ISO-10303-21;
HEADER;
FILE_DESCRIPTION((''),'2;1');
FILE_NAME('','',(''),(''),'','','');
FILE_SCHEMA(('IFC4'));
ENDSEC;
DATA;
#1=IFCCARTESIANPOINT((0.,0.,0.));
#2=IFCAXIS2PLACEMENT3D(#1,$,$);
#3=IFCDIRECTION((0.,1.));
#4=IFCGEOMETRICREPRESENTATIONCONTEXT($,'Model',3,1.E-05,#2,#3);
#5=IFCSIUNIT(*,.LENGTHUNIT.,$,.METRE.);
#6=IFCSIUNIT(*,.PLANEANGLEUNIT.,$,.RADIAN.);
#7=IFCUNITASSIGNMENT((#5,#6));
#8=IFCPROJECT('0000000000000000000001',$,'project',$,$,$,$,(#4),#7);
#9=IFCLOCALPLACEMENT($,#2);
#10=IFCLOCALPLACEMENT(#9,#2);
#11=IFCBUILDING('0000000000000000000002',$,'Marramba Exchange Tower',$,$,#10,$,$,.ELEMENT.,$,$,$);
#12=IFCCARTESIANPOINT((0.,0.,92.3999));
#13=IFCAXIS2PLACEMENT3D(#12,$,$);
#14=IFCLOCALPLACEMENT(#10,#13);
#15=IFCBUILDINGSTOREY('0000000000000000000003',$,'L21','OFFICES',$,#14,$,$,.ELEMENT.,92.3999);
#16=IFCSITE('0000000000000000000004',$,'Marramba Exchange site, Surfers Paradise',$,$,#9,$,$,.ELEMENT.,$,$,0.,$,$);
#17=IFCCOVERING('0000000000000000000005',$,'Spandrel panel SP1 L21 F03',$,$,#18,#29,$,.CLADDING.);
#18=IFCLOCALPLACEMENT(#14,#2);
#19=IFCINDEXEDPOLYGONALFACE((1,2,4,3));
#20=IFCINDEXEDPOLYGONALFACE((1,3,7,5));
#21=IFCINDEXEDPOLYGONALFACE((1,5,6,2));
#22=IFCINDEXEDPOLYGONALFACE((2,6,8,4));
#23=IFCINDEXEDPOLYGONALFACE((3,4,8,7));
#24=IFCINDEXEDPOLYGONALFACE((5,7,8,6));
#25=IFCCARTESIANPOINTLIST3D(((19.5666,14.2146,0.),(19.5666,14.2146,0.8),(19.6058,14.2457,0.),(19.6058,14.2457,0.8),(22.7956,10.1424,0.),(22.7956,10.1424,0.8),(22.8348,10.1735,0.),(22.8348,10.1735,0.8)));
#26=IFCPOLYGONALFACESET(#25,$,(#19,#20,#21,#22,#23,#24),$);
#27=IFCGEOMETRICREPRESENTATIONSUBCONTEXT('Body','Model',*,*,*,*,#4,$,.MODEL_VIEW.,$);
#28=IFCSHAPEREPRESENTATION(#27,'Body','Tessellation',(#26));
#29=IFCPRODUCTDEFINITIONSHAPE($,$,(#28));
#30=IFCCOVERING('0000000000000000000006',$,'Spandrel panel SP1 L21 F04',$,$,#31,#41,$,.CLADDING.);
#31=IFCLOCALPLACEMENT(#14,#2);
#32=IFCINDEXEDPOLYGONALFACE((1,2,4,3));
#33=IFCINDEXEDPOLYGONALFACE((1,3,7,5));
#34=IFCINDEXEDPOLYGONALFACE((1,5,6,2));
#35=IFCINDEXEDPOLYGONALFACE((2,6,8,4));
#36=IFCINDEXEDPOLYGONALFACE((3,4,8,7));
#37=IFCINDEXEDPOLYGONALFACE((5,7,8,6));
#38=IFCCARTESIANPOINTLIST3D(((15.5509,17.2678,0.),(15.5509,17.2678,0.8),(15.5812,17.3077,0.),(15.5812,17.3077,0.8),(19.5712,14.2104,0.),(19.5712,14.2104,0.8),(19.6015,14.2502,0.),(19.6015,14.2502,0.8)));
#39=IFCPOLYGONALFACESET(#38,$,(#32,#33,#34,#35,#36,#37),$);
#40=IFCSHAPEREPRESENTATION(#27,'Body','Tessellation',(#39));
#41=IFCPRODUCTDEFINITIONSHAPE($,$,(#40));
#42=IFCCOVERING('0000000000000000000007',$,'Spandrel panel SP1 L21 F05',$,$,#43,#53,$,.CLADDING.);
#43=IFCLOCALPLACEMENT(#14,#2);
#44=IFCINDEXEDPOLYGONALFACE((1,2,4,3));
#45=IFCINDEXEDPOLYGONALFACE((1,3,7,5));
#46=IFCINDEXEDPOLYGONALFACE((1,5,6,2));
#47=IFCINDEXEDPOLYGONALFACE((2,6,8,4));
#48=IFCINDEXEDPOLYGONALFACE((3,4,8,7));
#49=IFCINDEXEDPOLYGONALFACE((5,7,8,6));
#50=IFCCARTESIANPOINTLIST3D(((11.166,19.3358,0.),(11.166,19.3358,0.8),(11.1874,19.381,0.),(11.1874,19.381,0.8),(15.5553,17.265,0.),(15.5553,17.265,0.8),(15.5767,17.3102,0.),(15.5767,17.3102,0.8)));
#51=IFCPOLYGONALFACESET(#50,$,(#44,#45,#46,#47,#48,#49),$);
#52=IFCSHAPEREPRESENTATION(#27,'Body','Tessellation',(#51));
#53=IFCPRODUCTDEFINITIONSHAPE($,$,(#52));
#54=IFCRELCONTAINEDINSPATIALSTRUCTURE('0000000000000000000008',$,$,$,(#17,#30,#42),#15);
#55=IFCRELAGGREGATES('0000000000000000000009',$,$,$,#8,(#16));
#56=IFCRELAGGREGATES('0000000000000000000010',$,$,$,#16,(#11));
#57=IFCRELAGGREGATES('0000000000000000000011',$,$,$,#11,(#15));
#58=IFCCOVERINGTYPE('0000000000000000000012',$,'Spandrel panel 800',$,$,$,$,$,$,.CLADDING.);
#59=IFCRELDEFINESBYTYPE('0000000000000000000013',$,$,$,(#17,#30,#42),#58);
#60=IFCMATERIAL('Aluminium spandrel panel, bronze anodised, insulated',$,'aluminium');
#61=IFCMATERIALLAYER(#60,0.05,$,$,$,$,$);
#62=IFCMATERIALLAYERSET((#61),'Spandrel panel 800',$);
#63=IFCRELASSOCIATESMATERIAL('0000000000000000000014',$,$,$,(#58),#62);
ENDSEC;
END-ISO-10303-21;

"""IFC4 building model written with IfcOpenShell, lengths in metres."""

from ifc_helpers import new_model, si_unit, direction, frame, origin, origin_2d, place, context, subcontext, project, spatial, rectangle, extrude, material, layer, layer_set, type_object, element, save


model = new_model("IFC4")

# Units and contexts
model_context = context("Model", 3, precision=1e-05, world=origin(), true_north=direction((0.0, 1.0)))
body_context = subcontext(model_context, "Body", "Model", "MODEL_VIEW")
ifc_project = project(units=[si_unit("LENGTHUNIT", "METRE"), si_unit("PLANEANGLEUNIT", "RADIAN")], contexts=[model_context])

# Site, building, storey
site_placement = place(None, origin())
site = spatial("IfcSite", under=ifc_project, at=site_placement, Name="Marramba Exchange site, Surfers Paradise", CompositionType="ELEMENT", RefElevation=0.0)
building_placement = place(site_placement, origin())
building = spatial("IfcBuilding", under=site, at=building_placement, Name="Marramba Exchange Tower", CompositionType="ELEMENT")
storey_placement = place(building_placement, frame((0.0, 0.0, 92.3999)))
storey = spatial("IfcBuildingStorey", under=building, at=storey_placement, Name="L21", Description="OFFICES", CompositionType="ELEMENT", Elevation=92.3999)

# Coverings
ifc_material_1 = material(Name="Aluminium spandrel panel, bronze anodised, insulated", Category="aluminium")
ifc_layer_1 = layer(ifc_material_1, 0.05)
ifc_layer_set_1 = layer_set([ifc_layer_1], Name="Spandrel panel 800")
covering_type = type_object("IfcCoveringType", Name="Spandrel panel 800", PredefinedType="CLADDING", material=ifc_layer_set_1)
covering_1_placement = place(storey_placement, frame((21.2007, 12.1941, 0.0), z_axis=(0.0, 0.0, 1.0), x_axis=(-0.621312, 0.783563, 0.0)))
element("IfcCovering", 1, at=covering_1_placement, inside=storey, type_object=covering_type, Name="Spandrel panel SP1 L21 F03", PredefinedType="CLADDING", context=body_context, shape_type="SweptSolid", body=[
    extrude(rectangle(XDim=5.197, YDim=0.05, at=origin_2d()), origin(), (0.0, 0.0, 1.0), 0.8),
])
covering_2_placement = place(storey_placement, frame((17.5762, 15.759, 0.0), z_axis=(0.0, 0.0, 1.0), x_axis=(-0.795972, 0.605334, 0.0)))
element("IfcCovering", 2, at=covering_2_placement, inside=storey, type_object=covering_type, Name="Spandrel panel SP1 L21 F04", PredefinedType="CLADDING", context=body_context, shape_type="SweptSolid", body=[
    extrude(rectangle(XDim=5.0508, YDim=0.05, at=origin_2d()), origin(), (0.0, 0.0, 1.0), 0.8),
])
covering_3_placement = place(storey_placement, frame((13.3713, 18.323, 0.0), z_axis=(0.0, 0.0, 1.0), x_axis=(-0.904403, 0.426679, 0.0)))
element("IfcCovering", 3, at=covering_3_placement, inside=storey, type_object=covering_type, Name="Spandrel panel SP1 L21 F05", PredefinedType="CLADDING", context=body_context, shape_type="SweptSolid", body=[
    extrude(rectangle(XDim=4.8533, YDim=0.05, at=origin_2d()), origin(), (0.0, 0.0, 1.0), 0.8),
])

save(model, "model.ifc")
